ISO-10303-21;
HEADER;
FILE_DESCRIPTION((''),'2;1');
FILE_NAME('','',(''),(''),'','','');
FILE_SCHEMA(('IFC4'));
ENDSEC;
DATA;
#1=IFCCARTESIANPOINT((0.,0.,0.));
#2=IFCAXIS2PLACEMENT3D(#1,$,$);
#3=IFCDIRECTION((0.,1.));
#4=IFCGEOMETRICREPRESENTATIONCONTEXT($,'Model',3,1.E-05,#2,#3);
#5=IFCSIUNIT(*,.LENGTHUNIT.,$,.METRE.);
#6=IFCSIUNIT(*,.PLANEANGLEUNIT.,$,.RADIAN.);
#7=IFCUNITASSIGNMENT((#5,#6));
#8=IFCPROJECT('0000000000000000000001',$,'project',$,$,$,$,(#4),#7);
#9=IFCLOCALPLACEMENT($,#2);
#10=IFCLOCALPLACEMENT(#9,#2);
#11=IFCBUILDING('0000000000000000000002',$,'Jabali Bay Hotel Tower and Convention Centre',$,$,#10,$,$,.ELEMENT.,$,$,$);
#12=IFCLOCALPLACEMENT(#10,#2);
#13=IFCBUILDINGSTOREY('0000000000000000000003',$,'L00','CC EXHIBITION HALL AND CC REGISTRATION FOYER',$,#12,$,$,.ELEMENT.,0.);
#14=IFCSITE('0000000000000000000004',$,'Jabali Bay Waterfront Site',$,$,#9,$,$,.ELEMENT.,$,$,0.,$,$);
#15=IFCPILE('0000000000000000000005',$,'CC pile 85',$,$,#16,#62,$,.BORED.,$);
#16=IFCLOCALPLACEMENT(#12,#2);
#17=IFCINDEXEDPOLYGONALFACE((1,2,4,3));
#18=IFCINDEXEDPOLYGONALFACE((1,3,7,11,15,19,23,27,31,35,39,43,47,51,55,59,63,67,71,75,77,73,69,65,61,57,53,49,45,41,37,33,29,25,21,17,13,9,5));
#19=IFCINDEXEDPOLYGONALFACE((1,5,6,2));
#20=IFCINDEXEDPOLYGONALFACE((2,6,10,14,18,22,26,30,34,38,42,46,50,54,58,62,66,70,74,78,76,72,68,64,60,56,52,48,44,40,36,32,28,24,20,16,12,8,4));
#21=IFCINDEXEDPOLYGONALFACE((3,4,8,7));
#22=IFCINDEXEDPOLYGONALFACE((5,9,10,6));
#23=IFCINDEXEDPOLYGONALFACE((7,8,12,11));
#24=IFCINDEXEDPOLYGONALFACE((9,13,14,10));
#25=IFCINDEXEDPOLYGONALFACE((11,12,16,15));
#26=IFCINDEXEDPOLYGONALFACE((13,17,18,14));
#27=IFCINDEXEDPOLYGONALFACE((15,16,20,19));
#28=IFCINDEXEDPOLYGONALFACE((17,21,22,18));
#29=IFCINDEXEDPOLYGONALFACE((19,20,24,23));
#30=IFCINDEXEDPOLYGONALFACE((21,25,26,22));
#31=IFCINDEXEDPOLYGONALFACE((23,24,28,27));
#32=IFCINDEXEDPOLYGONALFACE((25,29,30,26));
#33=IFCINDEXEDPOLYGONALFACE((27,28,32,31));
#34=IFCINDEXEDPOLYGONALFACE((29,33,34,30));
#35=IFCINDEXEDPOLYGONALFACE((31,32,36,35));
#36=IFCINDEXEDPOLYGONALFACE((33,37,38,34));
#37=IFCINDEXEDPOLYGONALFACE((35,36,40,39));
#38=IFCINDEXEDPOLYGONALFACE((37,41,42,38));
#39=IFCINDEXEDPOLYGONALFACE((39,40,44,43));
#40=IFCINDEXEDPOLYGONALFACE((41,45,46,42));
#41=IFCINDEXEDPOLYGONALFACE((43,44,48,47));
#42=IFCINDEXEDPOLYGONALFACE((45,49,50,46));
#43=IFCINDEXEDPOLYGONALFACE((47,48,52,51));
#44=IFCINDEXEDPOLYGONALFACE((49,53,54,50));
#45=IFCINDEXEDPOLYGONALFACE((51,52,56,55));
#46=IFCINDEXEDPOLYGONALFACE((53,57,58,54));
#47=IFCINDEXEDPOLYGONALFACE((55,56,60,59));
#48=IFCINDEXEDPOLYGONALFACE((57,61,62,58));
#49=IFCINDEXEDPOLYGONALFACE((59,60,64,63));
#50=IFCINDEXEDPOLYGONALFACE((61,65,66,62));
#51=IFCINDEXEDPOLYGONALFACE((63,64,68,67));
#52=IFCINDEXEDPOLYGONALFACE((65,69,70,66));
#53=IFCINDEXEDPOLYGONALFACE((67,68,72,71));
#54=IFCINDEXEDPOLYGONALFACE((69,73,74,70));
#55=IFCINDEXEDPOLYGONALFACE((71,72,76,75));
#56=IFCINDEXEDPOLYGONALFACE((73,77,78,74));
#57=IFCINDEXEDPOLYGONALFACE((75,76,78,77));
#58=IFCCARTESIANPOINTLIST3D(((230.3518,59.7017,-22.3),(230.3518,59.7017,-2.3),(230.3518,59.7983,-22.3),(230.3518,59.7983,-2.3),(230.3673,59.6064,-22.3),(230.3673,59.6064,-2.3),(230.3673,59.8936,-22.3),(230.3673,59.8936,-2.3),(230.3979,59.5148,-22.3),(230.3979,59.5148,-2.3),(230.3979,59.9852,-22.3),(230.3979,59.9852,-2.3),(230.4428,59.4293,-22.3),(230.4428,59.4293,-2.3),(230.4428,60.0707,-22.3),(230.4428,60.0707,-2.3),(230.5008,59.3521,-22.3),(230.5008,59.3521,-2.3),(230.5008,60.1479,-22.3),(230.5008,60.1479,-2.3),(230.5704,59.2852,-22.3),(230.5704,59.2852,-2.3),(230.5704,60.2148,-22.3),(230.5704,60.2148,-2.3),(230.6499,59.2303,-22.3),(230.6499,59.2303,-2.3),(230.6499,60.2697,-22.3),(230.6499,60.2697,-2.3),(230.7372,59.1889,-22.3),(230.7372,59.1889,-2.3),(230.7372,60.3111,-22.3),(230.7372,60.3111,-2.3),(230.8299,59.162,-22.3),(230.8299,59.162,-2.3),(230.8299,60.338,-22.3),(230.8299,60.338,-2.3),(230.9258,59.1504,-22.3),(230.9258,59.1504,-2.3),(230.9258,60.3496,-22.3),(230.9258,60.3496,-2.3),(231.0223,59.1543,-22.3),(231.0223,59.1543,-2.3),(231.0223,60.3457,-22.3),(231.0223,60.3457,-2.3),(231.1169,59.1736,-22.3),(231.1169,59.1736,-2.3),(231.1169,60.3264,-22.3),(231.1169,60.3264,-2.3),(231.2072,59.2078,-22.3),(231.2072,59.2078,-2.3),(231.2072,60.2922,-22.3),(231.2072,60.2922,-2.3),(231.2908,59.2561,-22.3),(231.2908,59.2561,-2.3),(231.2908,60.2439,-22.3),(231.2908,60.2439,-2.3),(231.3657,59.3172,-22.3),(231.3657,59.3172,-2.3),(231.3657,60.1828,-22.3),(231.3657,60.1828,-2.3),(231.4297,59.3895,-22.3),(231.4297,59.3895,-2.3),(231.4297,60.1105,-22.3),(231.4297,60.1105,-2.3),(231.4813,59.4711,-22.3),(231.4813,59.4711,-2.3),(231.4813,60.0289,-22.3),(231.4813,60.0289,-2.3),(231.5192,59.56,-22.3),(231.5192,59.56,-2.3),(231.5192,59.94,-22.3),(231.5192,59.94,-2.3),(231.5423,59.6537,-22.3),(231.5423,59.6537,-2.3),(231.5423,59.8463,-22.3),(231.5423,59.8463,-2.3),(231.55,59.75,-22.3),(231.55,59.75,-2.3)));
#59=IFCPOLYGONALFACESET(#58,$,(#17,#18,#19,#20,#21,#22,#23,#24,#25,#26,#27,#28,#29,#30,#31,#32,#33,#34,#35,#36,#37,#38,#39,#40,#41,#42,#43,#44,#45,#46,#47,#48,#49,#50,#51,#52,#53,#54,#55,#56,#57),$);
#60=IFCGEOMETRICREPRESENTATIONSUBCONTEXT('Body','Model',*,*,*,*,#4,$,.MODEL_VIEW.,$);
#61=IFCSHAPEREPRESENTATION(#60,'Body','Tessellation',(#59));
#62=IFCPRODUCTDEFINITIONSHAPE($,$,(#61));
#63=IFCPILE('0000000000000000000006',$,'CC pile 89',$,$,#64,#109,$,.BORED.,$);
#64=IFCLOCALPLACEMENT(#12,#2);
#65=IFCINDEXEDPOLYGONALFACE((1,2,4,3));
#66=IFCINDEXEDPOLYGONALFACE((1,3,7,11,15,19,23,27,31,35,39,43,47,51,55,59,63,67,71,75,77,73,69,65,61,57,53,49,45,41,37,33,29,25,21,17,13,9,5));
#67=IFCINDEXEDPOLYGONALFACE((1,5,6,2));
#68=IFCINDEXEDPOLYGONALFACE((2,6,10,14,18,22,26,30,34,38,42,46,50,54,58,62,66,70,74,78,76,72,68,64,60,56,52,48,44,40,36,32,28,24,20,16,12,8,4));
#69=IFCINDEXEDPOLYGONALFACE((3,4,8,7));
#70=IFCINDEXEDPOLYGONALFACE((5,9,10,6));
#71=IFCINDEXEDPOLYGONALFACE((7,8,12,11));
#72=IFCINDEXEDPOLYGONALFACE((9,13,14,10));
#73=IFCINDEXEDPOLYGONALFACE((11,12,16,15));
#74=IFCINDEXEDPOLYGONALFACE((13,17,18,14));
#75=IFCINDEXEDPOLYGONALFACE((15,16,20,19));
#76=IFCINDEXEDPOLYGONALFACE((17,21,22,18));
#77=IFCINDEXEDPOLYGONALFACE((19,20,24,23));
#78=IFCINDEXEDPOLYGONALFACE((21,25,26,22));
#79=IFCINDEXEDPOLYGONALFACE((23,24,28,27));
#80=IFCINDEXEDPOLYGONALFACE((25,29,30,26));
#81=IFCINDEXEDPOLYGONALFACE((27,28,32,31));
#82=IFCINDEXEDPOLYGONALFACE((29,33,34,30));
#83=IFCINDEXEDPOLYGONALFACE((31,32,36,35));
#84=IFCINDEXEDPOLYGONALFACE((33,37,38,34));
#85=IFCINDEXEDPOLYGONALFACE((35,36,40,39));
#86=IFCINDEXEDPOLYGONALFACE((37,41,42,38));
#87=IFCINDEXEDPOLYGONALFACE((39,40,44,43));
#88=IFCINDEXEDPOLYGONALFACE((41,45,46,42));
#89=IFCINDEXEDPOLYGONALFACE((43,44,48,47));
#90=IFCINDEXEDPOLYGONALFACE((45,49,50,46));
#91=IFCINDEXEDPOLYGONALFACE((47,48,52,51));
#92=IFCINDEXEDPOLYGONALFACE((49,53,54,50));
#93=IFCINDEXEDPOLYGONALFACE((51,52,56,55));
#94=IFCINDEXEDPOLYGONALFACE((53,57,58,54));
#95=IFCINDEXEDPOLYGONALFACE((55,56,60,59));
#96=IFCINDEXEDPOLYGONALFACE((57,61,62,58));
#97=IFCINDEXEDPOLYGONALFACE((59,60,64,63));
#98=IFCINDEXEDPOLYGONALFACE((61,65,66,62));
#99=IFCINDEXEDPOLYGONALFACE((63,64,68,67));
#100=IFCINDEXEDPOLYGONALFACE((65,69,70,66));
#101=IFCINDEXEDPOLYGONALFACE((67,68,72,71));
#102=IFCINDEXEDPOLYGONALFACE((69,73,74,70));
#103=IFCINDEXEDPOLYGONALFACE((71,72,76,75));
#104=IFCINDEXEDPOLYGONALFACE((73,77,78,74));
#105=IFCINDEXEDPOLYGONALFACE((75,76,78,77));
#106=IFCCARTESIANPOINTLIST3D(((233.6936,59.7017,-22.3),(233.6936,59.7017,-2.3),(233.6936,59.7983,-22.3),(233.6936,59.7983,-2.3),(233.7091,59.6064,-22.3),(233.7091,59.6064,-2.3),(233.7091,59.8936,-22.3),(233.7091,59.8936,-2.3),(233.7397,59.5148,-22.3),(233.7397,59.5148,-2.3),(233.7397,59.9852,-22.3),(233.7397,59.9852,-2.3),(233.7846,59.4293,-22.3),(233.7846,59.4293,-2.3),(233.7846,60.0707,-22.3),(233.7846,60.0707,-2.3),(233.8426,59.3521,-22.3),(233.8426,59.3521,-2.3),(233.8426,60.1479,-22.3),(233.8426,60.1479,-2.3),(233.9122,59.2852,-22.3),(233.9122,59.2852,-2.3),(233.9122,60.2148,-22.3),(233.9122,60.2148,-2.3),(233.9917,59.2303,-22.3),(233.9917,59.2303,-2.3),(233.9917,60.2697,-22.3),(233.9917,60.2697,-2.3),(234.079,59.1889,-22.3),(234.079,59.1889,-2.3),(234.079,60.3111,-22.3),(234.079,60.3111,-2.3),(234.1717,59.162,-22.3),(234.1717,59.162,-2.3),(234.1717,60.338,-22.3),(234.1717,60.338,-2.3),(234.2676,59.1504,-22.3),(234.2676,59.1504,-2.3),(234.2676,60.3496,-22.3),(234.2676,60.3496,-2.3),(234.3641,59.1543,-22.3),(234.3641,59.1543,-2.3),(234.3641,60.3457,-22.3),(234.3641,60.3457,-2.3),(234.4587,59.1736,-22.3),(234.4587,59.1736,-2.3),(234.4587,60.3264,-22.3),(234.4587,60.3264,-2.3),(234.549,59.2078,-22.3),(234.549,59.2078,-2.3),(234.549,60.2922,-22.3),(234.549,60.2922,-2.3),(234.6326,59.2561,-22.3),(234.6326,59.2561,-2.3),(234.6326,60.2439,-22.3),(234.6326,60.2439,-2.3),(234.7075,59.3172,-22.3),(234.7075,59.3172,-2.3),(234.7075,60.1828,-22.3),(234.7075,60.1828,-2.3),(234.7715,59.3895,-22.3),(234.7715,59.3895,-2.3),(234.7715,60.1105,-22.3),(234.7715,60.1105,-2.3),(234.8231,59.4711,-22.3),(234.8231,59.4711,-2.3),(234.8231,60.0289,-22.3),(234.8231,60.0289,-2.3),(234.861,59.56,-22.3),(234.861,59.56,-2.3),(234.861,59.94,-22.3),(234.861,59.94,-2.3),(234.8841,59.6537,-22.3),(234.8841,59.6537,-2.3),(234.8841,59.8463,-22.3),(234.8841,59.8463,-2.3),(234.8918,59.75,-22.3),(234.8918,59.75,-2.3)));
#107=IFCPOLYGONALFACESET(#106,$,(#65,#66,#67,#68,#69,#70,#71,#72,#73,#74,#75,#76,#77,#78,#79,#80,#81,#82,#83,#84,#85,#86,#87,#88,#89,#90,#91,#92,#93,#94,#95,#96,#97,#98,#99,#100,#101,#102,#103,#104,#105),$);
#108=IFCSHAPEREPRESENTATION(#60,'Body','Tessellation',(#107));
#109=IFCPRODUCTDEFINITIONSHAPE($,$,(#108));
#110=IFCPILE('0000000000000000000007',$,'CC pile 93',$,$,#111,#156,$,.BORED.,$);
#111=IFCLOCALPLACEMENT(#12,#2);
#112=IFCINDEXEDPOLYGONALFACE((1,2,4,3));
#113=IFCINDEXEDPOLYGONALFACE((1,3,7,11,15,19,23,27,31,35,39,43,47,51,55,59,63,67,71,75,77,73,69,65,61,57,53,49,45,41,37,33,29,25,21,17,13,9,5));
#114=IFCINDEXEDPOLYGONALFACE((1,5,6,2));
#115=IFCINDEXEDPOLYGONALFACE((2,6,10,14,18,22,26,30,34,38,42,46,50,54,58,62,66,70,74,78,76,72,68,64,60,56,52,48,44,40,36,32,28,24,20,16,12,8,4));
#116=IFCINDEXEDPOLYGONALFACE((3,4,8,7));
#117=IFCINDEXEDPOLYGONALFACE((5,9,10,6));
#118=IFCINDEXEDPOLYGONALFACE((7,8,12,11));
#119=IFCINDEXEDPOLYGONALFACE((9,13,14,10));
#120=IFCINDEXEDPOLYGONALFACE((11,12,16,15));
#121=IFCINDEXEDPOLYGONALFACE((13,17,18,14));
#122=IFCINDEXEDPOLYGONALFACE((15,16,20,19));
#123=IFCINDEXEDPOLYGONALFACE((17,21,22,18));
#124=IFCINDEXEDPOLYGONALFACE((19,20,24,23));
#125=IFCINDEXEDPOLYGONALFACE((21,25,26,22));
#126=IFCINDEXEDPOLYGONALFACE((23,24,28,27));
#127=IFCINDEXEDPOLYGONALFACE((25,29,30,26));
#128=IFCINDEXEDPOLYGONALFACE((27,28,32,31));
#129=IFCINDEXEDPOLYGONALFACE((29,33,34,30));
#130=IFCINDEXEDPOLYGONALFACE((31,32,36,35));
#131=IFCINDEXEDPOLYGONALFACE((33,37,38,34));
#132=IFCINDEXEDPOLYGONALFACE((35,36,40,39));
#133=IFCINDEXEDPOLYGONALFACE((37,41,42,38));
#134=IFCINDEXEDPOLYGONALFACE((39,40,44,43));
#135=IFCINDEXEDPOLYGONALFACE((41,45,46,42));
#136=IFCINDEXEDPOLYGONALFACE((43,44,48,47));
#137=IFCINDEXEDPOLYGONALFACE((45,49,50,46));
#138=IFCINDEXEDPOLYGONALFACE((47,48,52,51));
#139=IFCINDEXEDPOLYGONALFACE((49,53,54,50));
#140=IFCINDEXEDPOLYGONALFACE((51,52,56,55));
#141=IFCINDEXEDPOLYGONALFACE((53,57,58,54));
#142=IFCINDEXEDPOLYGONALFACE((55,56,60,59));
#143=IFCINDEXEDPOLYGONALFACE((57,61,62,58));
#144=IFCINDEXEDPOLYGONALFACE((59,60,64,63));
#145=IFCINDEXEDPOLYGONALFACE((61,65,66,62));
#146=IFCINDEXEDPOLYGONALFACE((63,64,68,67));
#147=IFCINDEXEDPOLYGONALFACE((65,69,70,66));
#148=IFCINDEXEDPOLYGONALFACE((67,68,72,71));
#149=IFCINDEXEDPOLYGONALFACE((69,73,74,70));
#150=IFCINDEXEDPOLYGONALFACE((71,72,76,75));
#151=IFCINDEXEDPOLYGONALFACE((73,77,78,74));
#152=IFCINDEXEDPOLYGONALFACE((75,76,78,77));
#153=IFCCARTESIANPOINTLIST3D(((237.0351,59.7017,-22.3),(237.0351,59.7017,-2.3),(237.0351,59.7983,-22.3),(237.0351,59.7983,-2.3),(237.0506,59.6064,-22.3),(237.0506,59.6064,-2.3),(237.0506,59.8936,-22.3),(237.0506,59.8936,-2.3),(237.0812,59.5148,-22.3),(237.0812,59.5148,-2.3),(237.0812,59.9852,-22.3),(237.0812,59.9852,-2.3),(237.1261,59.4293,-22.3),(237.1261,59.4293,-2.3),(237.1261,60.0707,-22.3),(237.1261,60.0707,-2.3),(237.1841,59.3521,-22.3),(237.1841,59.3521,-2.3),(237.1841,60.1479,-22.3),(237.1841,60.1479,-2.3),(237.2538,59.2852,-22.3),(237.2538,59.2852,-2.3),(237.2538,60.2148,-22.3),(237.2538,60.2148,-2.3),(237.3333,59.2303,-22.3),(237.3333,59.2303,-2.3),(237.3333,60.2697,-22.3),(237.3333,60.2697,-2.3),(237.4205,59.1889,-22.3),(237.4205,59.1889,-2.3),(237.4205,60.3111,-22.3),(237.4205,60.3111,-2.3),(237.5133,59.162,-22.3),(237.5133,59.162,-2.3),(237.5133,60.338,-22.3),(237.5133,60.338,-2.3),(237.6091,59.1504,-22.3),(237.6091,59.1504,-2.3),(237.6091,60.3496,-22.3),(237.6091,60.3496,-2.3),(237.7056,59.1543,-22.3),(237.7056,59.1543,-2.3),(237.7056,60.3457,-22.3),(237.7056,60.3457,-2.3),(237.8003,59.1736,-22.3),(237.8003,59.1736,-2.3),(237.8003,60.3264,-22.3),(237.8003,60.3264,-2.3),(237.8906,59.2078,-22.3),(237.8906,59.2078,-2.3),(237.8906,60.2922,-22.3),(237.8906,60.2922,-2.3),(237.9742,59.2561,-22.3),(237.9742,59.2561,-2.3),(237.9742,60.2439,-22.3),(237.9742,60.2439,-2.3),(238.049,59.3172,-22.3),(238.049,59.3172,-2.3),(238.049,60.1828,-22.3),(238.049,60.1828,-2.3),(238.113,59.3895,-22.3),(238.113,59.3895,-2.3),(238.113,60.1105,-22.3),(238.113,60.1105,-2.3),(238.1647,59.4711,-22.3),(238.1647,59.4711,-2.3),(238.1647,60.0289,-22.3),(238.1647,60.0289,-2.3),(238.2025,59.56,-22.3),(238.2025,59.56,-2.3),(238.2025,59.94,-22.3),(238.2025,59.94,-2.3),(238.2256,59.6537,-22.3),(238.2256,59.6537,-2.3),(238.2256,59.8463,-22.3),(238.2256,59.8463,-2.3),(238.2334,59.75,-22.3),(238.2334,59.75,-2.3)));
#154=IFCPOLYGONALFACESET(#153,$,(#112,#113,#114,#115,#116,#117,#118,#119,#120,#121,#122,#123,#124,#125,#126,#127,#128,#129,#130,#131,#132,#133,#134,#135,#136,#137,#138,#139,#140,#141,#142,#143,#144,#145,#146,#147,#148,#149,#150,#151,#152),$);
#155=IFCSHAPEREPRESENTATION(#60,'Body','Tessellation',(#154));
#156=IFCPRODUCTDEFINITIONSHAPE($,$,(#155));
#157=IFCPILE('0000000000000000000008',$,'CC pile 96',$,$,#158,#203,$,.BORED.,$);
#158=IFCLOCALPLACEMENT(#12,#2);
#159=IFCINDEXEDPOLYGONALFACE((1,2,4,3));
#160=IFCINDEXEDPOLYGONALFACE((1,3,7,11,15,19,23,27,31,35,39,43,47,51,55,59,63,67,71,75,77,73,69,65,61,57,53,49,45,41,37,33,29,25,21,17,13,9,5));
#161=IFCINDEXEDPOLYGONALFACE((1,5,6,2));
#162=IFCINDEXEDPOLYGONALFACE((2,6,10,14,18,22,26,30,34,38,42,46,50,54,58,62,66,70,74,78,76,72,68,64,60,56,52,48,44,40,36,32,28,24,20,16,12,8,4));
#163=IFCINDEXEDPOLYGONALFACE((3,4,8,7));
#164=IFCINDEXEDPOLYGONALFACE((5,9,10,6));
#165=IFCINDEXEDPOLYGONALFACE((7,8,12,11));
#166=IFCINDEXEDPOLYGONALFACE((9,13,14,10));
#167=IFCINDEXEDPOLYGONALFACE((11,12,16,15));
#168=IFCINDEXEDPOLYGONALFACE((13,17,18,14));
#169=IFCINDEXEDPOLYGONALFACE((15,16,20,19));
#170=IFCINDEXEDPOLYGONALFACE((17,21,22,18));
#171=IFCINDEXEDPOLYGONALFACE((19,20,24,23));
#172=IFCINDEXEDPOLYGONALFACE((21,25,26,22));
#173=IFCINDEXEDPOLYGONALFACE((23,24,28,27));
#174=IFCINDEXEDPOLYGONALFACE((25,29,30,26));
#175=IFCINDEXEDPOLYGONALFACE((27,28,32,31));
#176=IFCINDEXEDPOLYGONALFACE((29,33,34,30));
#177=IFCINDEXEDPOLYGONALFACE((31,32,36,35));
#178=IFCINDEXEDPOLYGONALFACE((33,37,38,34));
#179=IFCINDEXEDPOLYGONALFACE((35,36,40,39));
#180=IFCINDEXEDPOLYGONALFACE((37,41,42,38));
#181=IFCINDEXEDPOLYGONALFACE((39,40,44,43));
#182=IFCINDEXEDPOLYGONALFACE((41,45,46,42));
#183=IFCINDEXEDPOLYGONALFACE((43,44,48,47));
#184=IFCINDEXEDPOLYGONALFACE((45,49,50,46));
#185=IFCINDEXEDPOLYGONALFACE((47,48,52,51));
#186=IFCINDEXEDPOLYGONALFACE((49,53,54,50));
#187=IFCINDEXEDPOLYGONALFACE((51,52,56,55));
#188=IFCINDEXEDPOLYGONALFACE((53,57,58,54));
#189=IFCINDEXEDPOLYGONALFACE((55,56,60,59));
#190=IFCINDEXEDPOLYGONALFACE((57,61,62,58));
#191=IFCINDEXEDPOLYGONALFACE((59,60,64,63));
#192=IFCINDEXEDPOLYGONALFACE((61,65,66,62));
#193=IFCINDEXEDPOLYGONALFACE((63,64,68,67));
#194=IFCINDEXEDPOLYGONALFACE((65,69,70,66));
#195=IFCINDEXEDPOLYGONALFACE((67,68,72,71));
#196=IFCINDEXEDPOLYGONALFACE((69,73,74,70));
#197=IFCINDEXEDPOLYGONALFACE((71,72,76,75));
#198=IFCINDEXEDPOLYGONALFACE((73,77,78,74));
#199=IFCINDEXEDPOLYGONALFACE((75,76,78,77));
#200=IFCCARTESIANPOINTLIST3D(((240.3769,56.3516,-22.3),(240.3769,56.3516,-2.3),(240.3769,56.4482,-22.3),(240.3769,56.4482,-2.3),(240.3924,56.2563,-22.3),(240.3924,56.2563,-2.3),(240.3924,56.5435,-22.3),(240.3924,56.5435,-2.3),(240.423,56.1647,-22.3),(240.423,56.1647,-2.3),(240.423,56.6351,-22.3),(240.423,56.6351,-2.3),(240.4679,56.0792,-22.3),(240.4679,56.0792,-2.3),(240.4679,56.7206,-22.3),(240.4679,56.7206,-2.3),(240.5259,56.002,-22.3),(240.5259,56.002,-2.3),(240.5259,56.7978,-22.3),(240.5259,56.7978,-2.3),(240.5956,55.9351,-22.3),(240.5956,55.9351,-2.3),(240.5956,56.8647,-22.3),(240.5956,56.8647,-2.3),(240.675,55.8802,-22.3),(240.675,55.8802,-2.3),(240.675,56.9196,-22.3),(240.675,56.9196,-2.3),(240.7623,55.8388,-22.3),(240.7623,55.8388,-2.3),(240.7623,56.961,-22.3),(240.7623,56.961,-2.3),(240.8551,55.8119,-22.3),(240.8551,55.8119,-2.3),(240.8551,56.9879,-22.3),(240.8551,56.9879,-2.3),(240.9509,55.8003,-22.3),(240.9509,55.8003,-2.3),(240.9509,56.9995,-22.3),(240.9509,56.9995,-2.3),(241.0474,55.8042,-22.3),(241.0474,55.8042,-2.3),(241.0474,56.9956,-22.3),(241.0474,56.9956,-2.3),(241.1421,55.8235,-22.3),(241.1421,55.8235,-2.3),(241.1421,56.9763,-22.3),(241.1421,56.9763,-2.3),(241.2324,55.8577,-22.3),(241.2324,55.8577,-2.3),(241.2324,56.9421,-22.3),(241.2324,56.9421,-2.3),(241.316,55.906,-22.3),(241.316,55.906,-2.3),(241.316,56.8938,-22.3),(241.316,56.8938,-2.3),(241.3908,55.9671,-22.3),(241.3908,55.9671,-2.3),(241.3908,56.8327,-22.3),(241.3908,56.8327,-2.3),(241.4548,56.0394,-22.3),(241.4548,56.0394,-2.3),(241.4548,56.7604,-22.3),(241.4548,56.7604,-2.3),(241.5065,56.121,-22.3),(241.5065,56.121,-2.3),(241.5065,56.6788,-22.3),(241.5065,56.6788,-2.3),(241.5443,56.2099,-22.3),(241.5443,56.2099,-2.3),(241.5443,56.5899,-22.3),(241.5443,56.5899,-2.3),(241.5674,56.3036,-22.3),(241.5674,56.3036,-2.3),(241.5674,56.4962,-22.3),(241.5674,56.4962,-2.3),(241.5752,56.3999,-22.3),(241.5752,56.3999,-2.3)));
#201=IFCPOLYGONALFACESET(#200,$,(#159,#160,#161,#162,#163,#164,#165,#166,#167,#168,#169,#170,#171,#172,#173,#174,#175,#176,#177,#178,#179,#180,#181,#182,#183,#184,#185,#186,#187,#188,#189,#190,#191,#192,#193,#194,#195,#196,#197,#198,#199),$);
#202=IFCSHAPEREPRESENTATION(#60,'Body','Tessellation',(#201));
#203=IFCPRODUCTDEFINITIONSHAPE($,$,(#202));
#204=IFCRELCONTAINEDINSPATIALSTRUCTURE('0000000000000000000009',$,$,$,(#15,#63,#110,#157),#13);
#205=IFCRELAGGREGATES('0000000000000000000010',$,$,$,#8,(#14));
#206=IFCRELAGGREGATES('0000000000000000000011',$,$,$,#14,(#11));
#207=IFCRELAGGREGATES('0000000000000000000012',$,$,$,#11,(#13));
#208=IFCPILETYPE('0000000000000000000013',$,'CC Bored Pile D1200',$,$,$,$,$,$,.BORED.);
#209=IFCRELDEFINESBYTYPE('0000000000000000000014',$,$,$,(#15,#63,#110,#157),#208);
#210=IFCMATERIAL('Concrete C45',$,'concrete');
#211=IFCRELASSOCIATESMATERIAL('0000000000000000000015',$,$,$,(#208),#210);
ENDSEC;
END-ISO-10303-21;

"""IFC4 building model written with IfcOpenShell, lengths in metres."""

from ifc_helpers import new_model, si_unit, direction, frame, origin, origin_2d, place, context, subcontext, project, spatial, circle, extrude, material, material_profile, profile_set, type_object, element, save


model = new_model("IFC4")

# Units and contexts
model_context = context("Model", 3, precision=1e-05, world=origin(), true_north=direction((0.0, 1.0)))
body_context = subcontext(model_context, "Body", "Model", "MODEL_VIEW")
ifc_project = project(units=[si_unit("LENGTHUNIT", "METRE"), si_unit("PLANEANGLEUNIT", "RADIAN")], contexts=[model_context])

# Site, building, storey
site_placement = place(None, origin())
site = spatial("IfcSite", under=ifc_project, at=site_placement, Name="Jabali Bay Waterfront Site", CompositionType="ELEMENT", RefElevation=0.0)
building_placement = place(site_placement, origin())
building = spatial("IfcBuilding", under=site, at=building_placement, Name="Jabali Bay Hotel Tower and Convention Centre", CompositionType="ELEMENT")
storey_placement = place(building_placement, origin())
storey = spatial("IfcBuildingStorey", under=building, at=storey_placement, Name="L00", Description="CC EXHIBITION HALL AND CC REGISTRATION FOYER", CompositionType="ELEMENT", Elevation=0.0)

# Piles
ifc_material_1 = material(Name="Concrete C45", Category="concrete")
ifc_material_profile = material_profile(ifc_material_1, circle(Radius=0.6001, at=origin_2d()), Name="D1200")
ifc_profile_set = profile_set([ifc_material_profile], Name="Concrete C45")
pile_type = type_object("IfcPileType", Name="CC Bored Pile D1200", PredefinedType="BORED", material=ifc_profile_set)
for number, where, z_axis, x_axis, name in (
    (1, (230.95, 59.75, -2.3), (0.0, 0.0, -1.0), (1.0, 0.0, 0.0), "CC pile 85"),
    (2, (234.2917, 59.75, -2.3), (0.0, 0.0, -1.0), (1.0, 0.0, 0.0), "CC pile 89"),
    (3, (237.6333, 59.75, -2.3), (0.0, 0.0, -1.0), (1.0, 0.0, 0.0), "CC pile 93"),
    (4, (240.9751, 56.3999, -2.3), (0.0, 0.0, -1.0), (1.0, 0.0, 0.0), "CC pile 96"),
):
    element("IfcPile", number, at=place(storey_placement, frame(where, z_axis=z_axis, x_axis=x_axis)), inside=storey, type_object=pile_type, Name=name, PredefinedType="BORED", context=body_context, shape_type="SweptSolid", body=[
        extrude(circle(Radius=0.6001, at=origin_2d()), origin(), (0.0, 0.0, 1.0), 20.0),
    ])

save(model, "model.ifc")
